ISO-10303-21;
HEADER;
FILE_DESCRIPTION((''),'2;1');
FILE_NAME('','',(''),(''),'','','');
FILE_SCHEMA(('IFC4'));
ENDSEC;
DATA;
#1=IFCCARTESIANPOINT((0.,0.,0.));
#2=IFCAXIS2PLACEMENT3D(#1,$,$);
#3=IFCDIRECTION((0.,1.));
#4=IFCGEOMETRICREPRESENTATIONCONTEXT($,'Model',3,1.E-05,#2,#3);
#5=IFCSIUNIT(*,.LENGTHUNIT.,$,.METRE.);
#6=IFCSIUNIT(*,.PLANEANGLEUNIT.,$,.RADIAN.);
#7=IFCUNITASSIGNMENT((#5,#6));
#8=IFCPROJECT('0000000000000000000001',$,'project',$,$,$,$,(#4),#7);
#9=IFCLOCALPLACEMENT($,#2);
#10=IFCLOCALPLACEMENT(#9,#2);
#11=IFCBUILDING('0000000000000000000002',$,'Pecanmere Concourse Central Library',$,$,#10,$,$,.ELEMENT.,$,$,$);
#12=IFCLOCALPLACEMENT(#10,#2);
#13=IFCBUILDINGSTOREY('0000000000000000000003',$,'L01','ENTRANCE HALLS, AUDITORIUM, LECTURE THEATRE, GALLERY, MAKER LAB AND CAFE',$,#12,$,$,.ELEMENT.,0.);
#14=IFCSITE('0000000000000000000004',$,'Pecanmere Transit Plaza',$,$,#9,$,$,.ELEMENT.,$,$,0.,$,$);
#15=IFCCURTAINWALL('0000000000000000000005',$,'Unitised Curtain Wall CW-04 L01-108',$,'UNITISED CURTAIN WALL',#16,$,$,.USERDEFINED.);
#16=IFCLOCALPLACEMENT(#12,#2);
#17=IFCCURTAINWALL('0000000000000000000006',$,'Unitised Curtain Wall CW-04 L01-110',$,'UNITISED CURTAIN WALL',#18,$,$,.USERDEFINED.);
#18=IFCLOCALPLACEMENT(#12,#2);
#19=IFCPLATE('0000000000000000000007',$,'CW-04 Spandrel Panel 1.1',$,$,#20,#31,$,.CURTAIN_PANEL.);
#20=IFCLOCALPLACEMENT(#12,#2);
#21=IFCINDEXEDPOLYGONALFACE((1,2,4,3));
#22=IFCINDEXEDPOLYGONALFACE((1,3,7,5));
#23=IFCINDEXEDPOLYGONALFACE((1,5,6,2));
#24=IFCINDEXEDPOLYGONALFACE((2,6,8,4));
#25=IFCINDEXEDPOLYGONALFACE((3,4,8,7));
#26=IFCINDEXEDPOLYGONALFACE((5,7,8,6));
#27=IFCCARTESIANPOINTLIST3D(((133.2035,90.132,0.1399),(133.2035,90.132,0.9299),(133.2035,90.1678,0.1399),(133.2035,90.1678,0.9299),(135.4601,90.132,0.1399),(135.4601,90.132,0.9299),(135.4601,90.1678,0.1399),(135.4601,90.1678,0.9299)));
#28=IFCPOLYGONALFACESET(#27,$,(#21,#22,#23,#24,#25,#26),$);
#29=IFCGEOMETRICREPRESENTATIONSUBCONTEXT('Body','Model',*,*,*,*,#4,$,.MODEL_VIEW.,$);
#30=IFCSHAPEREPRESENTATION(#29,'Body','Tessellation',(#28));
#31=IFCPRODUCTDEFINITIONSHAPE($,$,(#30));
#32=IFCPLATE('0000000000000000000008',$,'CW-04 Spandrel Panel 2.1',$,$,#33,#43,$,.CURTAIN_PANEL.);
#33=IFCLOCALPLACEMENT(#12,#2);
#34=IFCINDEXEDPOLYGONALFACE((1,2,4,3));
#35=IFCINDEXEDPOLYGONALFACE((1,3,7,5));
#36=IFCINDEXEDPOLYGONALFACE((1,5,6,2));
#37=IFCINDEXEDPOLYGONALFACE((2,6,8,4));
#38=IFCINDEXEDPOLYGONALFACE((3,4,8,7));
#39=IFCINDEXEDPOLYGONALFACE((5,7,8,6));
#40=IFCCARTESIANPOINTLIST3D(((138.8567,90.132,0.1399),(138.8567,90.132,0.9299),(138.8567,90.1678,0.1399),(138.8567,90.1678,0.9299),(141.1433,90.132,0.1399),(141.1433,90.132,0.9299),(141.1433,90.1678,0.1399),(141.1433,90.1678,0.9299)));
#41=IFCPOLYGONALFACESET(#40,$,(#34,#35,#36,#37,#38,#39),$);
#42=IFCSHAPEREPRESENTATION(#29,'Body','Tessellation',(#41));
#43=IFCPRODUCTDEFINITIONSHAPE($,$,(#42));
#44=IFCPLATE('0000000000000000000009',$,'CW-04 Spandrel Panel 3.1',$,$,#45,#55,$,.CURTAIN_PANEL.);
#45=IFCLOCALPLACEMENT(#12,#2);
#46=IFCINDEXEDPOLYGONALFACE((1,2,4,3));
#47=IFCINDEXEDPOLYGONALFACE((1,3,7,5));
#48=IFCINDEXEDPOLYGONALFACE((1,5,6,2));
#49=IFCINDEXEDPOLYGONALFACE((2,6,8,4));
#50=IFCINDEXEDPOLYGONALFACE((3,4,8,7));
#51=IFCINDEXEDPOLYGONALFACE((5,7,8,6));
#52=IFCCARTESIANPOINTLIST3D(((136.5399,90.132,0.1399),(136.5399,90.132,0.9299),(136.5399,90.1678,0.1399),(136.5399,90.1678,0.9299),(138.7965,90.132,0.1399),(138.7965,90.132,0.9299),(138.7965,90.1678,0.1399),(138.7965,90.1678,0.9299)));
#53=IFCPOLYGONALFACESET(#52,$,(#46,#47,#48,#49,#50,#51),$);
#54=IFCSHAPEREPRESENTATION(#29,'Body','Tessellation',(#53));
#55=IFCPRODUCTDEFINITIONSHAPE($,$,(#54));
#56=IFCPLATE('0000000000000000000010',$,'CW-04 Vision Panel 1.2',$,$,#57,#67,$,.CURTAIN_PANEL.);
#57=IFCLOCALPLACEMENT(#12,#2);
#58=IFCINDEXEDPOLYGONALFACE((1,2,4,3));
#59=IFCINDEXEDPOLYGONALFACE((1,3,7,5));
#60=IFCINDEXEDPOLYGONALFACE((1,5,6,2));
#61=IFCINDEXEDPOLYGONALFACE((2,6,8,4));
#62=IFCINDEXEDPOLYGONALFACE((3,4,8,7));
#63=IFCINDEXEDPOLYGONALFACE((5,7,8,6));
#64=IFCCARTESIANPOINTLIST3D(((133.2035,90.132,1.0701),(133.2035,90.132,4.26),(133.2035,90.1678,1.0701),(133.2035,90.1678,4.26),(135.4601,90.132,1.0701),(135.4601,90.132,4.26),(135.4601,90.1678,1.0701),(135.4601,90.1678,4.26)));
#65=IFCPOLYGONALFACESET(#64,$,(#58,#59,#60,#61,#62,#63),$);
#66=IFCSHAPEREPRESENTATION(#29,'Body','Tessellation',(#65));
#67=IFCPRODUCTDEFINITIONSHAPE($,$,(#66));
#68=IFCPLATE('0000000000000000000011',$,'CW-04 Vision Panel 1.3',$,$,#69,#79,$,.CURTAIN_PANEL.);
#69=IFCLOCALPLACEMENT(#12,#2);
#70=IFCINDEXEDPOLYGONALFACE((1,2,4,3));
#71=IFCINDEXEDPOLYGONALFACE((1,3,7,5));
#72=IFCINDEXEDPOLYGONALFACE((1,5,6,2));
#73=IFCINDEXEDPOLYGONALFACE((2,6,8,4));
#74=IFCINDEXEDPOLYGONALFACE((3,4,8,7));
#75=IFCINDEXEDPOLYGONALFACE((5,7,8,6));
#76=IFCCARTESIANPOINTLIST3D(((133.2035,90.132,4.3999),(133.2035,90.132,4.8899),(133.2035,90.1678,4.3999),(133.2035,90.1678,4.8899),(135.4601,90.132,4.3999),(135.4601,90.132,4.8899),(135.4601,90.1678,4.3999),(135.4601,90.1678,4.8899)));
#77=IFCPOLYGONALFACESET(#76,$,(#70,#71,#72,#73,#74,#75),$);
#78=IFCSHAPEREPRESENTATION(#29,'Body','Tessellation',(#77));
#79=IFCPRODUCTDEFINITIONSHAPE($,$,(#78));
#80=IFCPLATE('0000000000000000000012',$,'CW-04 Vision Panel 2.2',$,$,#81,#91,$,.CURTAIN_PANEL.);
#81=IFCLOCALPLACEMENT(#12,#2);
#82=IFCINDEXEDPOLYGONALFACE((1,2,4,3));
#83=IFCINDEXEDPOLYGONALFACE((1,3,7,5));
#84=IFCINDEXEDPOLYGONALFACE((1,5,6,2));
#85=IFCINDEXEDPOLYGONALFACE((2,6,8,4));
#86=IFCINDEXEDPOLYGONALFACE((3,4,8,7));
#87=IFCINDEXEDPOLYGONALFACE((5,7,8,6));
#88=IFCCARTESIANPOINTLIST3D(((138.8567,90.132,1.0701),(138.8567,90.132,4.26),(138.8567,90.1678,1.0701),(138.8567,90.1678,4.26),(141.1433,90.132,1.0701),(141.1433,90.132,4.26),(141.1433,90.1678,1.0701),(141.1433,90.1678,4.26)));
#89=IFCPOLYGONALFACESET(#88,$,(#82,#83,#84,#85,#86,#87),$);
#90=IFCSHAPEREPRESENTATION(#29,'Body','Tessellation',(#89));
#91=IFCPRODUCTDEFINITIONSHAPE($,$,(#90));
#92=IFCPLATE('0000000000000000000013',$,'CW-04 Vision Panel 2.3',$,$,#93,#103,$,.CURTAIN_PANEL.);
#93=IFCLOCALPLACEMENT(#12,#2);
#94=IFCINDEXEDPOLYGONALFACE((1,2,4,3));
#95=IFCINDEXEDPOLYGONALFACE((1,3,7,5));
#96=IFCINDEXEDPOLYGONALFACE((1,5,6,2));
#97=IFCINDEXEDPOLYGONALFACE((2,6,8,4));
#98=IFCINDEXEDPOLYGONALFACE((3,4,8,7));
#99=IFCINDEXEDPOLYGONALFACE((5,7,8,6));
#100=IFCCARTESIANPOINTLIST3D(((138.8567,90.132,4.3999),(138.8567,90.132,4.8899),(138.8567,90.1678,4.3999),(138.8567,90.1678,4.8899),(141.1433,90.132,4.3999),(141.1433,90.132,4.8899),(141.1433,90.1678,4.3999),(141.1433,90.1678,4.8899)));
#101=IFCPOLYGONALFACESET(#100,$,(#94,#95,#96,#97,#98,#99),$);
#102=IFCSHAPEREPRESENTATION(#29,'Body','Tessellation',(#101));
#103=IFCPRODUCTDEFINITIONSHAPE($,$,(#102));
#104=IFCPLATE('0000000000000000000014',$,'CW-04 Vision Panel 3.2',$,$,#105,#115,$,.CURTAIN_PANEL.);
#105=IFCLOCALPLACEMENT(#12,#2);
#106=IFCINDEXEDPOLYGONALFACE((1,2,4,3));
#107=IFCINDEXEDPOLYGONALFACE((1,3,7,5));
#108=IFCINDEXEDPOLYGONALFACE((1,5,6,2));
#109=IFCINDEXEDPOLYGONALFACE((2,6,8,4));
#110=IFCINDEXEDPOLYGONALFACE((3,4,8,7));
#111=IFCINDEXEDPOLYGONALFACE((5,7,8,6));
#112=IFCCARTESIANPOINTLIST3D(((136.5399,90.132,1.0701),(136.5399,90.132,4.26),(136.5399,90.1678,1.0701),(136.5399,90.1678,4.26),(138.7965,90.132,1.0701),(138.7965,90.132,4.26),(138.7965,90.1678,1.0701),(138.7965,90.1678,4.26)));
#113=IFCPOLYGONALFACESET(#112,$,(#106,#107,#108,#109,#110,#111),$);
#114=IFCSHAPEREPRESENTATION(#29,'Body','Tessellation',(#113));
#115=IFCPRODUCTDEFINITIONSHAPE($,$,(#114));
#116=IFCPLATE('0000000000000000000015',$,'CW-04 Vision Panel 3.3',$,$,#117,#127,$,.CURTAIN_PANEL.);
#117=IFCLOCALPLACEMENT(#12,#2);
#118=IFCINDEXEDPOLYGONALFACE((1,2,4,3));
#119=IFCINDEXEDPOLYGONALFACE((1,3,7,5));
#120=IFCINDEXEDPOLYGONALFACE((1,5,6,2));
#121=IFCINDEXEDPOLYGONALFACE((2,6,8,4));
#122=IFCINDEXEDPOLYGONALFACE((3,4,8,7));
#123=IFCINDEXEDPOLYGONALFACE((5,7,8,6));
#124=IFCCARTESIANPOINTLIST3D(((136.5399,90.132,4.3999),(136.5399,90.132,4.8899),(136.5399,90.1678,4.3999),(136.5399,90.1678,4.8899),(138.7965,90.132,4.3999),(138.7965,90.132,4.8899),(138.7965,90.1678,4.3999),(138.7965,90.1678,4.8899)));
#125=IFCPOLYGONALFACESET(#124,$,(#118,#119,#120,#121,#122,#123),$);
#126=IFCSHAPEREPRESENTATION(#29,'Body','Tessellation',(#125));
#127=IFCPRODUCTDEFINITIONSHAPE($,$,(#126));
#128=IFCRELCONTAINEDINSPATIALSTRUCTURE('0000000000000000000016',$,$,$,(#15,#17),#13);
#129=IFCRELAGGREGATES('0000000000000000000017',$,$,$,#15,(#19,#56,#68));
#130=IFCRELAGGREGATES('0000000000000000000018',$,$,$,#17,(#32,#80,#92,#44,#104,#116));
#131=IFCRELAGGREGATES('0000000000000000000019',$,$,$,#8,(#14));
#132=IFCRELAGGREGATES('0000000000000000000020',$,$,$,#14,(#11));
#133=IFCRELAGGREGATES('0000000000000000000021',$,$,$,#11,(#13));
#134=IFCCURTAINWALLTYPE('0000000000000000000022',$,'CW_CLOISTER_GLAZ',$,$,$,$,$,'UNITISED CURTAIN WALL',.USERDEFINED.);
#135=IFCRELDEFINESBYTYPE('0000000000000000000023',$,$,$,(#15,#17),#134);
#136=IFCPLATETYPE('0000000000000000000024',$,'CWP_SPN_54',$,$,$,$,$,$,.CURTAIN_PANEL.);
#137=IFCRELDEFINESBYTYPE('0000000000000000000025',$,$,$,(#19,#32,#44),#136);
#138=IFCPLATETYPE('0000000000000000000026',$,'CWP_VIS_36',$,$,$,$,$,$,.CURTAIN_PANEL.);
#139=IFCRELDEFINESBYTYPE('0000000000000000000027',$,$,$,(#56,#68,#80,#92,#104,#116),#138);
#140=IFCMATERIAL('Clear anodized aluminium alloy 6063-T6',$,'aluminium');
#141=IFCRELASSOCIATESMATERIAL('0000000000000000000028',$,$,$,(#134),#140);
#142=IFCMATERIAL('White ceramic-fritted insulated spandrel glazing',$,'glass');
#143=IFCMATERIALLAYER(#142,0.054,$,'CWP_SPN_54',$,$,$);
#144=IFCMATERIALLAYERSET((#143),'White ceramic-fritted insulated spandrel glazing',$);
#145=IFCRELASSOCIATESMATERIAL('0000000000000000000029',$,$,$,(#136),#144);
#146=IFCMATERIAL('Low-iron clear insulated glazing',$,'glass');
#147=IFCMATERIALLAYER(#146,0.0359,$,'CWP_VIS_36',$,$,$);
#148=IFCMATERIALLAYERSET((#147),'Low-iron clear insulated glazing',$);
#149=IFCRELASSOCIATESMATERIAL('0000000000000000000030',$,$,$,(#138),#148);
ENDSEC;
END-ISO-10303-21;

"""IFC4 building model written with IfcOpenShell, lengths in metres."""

from ifc_helpers import new_model, si_unit, direction, frame, origin, origin_2d, place, context, subcontext, project, spatial, rectangle, extrude, material, layer, layer_set, type_object, element, aggregate, save


model = new_model("IFC4")

# Units and contexts
model_context = context("Model", 3, precision=1e-05, world=origin(), true_north=direction((0.0, 1.0)))
body_context = subcontext(model_context, "Body", "Model", "MODEL_VIEW")
ifc_project = project(units=[si_unit("LENGTHUNIT", "METRE"), si_unit("PLANEANGLEUNIT", "RADIAN")], contexts=[model_context])

# Site, building, storey
site_placement = place(None, origin())
site = spatial("IfcSite", under=ifc_project, at=site_placement, Name="Pecanmere Transit Plaza", CompositionType="ELEMENT", RefElevation=0.0)
building_placement = place(site_placement, origin())
building = spatial("IfcBuilding", under=site, at=building_placement, Name="Pecanmere Concourse Central Library", CompositionType="ELEMENT")
storey_placement = place(building_placement, origin())
storey = spatial("IfcBuildingStorey", under=building, at=storey_placement, Name="L01", Description="ENTRANCE HALLS, AUDITORIUM, LECTURE THEATRE, GALLERY, MAKER LAB AND CAFE", CompositionType="ELEMENT", Elevation=0.0)

# Curtain walls
ifc_material_1 = material(Name="Clear anodized aluminium alloy 6063-T6", Category="aluminium")
curtain_wall_type = type_object("IfcCurtainWallType", Name="CW_CLOISTER_GLAZ", ElementType="UNITISED CURTAIN WALL", PredefinedType="USERDEFINED", material=ifc_material_1)
curtain_wall_1_placement = place(storey_placement, origin())
curtain_wall_1 = element("IfcCurtainWall", 1, at=curtain_wall_1_placement, inside=storey, type_object=curtain_wall_type, Name="Unitised Curtain Wall CW-04 L01-108", ObjectType="UNITISED CURTAIN WALL", PredefinedType="USERDEFINED")
curtain_wall_2_placement = place(storey_placement, origin())
curtain_wall_2 = element("IfcCurtainWall", 2, at=curtain_wall_2_placement, inside=storey, type_object=curtain_wall_type, Name="Unitised Curtain Wall CW-04 L01-110", ObjectType="UNITISED CURTAIN WALL", PredefinedType="USERDEFINED")

# Plates
ifc_material_2 = material(Name="White ceramic-fritted insulated spandrel glazing", Category="glass")
ifc_layer_1 = layer(ifc_material_2, 0.054, Name="CWP_SPN_54")
ifc_layer_set_1 = layer_set([ifc_layer_1], Name="White ceramic-fritted insulated spandrel glazing")
plate_type_1 = type_object("IfcPlateType", Name="CWP_SPN_54", PredefinedType="CURTAIN_PANEL", material=ifc_layer_set_1)
plate_1_placement = place(storey_placement, frame((134.3318, 90.1499, 0.1399), z_axis=(0.0, 0.0, 1.0), x_axis=(-1.0, 0.0, 0.0)))
plate_1 = element("IfcPlate", 3, at=plate_1_placement, type_object=plate_type_1, Name="CW-04 Spandrel Panel 1.1", PredefinedType="CURTAIN_PANEL", context=body_context, shape_type="SweptSolid", body=[
    extrude(rectangle(XDim=2.2566, YDim=0.0359, at=origin_2d()), origin(), (0.0, 0.0, 1.0), 0.79),
])
plate_2_placement = place(storey_placement, frame((140.0, 90.1499, 0.1399), z_axis=(0.0, 0.0, 1.0), x_axis=(-1.0, 0.0, 0.0)))
plate_2 = element("IfcPlate", 4, at=plate_2_placement, type_object=plate_type_1, Name="CW-04 Spandrel Panel 2.1", PredefinedType="CURTAIN_PANEL", context=body_context, shape_type="SweptSolid", body=[
    extrude(rectangle(XDim=2.2866, YDim=0.0359, at=origin_2d()), origin(), (0.0, 0.0, 1.0), 0.79),
])
plate_3_placement = place(storey_placement, frame((137.6682, 90.1499, 0.1399), z_axis=(0.0, 0.0, 1.0), x_axis=(-1.0, 0.0, 0.0)))
plate_3 = element("IfcPlate", 5, at=plate_3_placement, type_object=plate_type_1, Name="CW-04 Spandrel Panel 3.1", PredefinedType="CURTAIN_PANEL", context=body_context, shape_type="SweptSolid", body=[
    extrude(rectangle(XDim=2.2566, YDim=0.0359, at=origin_2d()), origin(), (0.0, 0.0, 1.0), 0.79),
])
ifc_material_3 = material(Name="Low-iron clear insulated glazing", Category="glass")
ifc_layer_2 = layer(ifc_material_3, 0.0359, Name="CWP_VIS_36")
ifc_layer_set_2 = layer_set([ifc_layer_2], Name="Low-iron clear insulated glazing")
plate_type_2 = type_object("IfcPlateType", Name="CWP_VIS_36", PredefinedType="CURTAIN_PANEL", material=ifc_layer_set_2)
plate_4_placement = place(storey_placement, frame((134.3318, 90.1499, 1.0701), z_axis=(0.0, 0.0, 1.0), x_axis=(-1.0, 0.0, 0.0)))
plate_4 = element("IfcPlate", 6, at=plate_4_placement, type_object=plate_type_2, Name="CW-04 Vision Panel 1.2", PredefinedType="CURTAIN_PANEL", context=body_context, shape_type="SweptSolid", body=[
    extrude(rectangle(XDim=2.2566, YDim=0.0359, at=origin_2d()), origin(), (0.0, 0.0, 1.0), 3.1899),
])
plate_5_placement = place(storey_placement, frame((134.3318, 90.1499, 4.3999), z_axis=(0.0, 0.0, 1.0), x_axis=(-1.0, 0.0, 0.0)))
plate_5 = element("IfcPlate", 7, at=plate_5_placement, type_object=plate_type_2, Name="CW-04 Vision Panel 1.3", PredefinedType="CURTAIN_PANEL", context=body_context, shape_type="SweptSolid", body=[
    extrude(rectangle(XDim=2.2566, YDim=0.0359, at=origin_2d()), origin(), (0.0, 0.0, 1.0), 0.49),
])
aggregate(curtain_wall_1, [plate_1, plate_4, plate_5])
plate_6_placement = place(storey_placement, frame((140.0, 90.1499, 1.0701), z_axis=(0.0, 0.0, 1.0), x_axis=(-1.0, 0.0, 0.0)))
plate_6 = element("IfcPlate", 8, at=plate_6_placement, type_object=plate_type_2, Name="CW-04 Vision Panel 2.2", PredefinedType="CURTAIN_PANEL", context=body_context, shape_type="SweptSolid", body=[
    extrude(rectangle(XDim=2.2866, YDim=0.0359, at=origin_2d()), origin(), (0.0, 0.0, 1.0), 3.1899),
])
plate_7_placement = place(storey_placement, frame((140.0, 90.1499, 4.3999), z_axis=(0.0, 0.0, 1.0), x_axis=(-1.0, 0.0, 0.0)))
plate_7 = element("IfcPlate", 9, at=plate_7_placement, type_object=plate_type_2, Name="CW-04 Vision Panel 2.3", PredefinedType="CURTAIN_PANEL", context=body_context, shape_type="SweptSolid", body=[
    extrude(rectangle(XDim=2.2866, YDim=0.0359, at=origin_2d()), origin(), (0.0, 0.0, 1.0), 0.49),
])
plate_8_placement = place(storey_placement, frame((137.6682, 90.1499, 1.0701), z_axis=(0.0, 0.0, 1.0), x_axis=(-1.0, 0.0, 0.0)))
plate_8 = element("IfcPlate", 10, at=plate_8_placement, type_object=plate_type_2, Name="CW-04 Vision Panel 3.2", PredefinedType="CURTAIN_PANEL", context=body_context, shape_type="SweptSolid", body=[
    extrude(rectangle(XDim=2.2566, YDim=0.0359, at=origin_2d()), origin(), (0.0, 0.0, 1.0), 3.1899),
])
plate_9_placement = place(storey_placement, frame((137.6682, 90.1499, 4.3999), z_axis=(0.0, 0.0, 1.0), x_axis=(-1.0, 0.0, 0.0)))
plate_9 = element("IfcPlate", 11, at=plate_9_placement, type_object=plate_type_2, Name="CW-04 Vision Panel 3.3", PredefinedType="CURTAIN_PANEL", context=body_context, shape_type="SweptSolid", body=[
    extrude(rectangle(XDim=2.2566, YDim=0.0359, at=origin_2d()), origin(), (0.0, 0.0, 1.0), 0.49),
])
aggregate(curtain_wall_2, [plate_2, plate_6, plate_7, plate_3, plate_8, plate_9])

save(model, "model.ifc")
